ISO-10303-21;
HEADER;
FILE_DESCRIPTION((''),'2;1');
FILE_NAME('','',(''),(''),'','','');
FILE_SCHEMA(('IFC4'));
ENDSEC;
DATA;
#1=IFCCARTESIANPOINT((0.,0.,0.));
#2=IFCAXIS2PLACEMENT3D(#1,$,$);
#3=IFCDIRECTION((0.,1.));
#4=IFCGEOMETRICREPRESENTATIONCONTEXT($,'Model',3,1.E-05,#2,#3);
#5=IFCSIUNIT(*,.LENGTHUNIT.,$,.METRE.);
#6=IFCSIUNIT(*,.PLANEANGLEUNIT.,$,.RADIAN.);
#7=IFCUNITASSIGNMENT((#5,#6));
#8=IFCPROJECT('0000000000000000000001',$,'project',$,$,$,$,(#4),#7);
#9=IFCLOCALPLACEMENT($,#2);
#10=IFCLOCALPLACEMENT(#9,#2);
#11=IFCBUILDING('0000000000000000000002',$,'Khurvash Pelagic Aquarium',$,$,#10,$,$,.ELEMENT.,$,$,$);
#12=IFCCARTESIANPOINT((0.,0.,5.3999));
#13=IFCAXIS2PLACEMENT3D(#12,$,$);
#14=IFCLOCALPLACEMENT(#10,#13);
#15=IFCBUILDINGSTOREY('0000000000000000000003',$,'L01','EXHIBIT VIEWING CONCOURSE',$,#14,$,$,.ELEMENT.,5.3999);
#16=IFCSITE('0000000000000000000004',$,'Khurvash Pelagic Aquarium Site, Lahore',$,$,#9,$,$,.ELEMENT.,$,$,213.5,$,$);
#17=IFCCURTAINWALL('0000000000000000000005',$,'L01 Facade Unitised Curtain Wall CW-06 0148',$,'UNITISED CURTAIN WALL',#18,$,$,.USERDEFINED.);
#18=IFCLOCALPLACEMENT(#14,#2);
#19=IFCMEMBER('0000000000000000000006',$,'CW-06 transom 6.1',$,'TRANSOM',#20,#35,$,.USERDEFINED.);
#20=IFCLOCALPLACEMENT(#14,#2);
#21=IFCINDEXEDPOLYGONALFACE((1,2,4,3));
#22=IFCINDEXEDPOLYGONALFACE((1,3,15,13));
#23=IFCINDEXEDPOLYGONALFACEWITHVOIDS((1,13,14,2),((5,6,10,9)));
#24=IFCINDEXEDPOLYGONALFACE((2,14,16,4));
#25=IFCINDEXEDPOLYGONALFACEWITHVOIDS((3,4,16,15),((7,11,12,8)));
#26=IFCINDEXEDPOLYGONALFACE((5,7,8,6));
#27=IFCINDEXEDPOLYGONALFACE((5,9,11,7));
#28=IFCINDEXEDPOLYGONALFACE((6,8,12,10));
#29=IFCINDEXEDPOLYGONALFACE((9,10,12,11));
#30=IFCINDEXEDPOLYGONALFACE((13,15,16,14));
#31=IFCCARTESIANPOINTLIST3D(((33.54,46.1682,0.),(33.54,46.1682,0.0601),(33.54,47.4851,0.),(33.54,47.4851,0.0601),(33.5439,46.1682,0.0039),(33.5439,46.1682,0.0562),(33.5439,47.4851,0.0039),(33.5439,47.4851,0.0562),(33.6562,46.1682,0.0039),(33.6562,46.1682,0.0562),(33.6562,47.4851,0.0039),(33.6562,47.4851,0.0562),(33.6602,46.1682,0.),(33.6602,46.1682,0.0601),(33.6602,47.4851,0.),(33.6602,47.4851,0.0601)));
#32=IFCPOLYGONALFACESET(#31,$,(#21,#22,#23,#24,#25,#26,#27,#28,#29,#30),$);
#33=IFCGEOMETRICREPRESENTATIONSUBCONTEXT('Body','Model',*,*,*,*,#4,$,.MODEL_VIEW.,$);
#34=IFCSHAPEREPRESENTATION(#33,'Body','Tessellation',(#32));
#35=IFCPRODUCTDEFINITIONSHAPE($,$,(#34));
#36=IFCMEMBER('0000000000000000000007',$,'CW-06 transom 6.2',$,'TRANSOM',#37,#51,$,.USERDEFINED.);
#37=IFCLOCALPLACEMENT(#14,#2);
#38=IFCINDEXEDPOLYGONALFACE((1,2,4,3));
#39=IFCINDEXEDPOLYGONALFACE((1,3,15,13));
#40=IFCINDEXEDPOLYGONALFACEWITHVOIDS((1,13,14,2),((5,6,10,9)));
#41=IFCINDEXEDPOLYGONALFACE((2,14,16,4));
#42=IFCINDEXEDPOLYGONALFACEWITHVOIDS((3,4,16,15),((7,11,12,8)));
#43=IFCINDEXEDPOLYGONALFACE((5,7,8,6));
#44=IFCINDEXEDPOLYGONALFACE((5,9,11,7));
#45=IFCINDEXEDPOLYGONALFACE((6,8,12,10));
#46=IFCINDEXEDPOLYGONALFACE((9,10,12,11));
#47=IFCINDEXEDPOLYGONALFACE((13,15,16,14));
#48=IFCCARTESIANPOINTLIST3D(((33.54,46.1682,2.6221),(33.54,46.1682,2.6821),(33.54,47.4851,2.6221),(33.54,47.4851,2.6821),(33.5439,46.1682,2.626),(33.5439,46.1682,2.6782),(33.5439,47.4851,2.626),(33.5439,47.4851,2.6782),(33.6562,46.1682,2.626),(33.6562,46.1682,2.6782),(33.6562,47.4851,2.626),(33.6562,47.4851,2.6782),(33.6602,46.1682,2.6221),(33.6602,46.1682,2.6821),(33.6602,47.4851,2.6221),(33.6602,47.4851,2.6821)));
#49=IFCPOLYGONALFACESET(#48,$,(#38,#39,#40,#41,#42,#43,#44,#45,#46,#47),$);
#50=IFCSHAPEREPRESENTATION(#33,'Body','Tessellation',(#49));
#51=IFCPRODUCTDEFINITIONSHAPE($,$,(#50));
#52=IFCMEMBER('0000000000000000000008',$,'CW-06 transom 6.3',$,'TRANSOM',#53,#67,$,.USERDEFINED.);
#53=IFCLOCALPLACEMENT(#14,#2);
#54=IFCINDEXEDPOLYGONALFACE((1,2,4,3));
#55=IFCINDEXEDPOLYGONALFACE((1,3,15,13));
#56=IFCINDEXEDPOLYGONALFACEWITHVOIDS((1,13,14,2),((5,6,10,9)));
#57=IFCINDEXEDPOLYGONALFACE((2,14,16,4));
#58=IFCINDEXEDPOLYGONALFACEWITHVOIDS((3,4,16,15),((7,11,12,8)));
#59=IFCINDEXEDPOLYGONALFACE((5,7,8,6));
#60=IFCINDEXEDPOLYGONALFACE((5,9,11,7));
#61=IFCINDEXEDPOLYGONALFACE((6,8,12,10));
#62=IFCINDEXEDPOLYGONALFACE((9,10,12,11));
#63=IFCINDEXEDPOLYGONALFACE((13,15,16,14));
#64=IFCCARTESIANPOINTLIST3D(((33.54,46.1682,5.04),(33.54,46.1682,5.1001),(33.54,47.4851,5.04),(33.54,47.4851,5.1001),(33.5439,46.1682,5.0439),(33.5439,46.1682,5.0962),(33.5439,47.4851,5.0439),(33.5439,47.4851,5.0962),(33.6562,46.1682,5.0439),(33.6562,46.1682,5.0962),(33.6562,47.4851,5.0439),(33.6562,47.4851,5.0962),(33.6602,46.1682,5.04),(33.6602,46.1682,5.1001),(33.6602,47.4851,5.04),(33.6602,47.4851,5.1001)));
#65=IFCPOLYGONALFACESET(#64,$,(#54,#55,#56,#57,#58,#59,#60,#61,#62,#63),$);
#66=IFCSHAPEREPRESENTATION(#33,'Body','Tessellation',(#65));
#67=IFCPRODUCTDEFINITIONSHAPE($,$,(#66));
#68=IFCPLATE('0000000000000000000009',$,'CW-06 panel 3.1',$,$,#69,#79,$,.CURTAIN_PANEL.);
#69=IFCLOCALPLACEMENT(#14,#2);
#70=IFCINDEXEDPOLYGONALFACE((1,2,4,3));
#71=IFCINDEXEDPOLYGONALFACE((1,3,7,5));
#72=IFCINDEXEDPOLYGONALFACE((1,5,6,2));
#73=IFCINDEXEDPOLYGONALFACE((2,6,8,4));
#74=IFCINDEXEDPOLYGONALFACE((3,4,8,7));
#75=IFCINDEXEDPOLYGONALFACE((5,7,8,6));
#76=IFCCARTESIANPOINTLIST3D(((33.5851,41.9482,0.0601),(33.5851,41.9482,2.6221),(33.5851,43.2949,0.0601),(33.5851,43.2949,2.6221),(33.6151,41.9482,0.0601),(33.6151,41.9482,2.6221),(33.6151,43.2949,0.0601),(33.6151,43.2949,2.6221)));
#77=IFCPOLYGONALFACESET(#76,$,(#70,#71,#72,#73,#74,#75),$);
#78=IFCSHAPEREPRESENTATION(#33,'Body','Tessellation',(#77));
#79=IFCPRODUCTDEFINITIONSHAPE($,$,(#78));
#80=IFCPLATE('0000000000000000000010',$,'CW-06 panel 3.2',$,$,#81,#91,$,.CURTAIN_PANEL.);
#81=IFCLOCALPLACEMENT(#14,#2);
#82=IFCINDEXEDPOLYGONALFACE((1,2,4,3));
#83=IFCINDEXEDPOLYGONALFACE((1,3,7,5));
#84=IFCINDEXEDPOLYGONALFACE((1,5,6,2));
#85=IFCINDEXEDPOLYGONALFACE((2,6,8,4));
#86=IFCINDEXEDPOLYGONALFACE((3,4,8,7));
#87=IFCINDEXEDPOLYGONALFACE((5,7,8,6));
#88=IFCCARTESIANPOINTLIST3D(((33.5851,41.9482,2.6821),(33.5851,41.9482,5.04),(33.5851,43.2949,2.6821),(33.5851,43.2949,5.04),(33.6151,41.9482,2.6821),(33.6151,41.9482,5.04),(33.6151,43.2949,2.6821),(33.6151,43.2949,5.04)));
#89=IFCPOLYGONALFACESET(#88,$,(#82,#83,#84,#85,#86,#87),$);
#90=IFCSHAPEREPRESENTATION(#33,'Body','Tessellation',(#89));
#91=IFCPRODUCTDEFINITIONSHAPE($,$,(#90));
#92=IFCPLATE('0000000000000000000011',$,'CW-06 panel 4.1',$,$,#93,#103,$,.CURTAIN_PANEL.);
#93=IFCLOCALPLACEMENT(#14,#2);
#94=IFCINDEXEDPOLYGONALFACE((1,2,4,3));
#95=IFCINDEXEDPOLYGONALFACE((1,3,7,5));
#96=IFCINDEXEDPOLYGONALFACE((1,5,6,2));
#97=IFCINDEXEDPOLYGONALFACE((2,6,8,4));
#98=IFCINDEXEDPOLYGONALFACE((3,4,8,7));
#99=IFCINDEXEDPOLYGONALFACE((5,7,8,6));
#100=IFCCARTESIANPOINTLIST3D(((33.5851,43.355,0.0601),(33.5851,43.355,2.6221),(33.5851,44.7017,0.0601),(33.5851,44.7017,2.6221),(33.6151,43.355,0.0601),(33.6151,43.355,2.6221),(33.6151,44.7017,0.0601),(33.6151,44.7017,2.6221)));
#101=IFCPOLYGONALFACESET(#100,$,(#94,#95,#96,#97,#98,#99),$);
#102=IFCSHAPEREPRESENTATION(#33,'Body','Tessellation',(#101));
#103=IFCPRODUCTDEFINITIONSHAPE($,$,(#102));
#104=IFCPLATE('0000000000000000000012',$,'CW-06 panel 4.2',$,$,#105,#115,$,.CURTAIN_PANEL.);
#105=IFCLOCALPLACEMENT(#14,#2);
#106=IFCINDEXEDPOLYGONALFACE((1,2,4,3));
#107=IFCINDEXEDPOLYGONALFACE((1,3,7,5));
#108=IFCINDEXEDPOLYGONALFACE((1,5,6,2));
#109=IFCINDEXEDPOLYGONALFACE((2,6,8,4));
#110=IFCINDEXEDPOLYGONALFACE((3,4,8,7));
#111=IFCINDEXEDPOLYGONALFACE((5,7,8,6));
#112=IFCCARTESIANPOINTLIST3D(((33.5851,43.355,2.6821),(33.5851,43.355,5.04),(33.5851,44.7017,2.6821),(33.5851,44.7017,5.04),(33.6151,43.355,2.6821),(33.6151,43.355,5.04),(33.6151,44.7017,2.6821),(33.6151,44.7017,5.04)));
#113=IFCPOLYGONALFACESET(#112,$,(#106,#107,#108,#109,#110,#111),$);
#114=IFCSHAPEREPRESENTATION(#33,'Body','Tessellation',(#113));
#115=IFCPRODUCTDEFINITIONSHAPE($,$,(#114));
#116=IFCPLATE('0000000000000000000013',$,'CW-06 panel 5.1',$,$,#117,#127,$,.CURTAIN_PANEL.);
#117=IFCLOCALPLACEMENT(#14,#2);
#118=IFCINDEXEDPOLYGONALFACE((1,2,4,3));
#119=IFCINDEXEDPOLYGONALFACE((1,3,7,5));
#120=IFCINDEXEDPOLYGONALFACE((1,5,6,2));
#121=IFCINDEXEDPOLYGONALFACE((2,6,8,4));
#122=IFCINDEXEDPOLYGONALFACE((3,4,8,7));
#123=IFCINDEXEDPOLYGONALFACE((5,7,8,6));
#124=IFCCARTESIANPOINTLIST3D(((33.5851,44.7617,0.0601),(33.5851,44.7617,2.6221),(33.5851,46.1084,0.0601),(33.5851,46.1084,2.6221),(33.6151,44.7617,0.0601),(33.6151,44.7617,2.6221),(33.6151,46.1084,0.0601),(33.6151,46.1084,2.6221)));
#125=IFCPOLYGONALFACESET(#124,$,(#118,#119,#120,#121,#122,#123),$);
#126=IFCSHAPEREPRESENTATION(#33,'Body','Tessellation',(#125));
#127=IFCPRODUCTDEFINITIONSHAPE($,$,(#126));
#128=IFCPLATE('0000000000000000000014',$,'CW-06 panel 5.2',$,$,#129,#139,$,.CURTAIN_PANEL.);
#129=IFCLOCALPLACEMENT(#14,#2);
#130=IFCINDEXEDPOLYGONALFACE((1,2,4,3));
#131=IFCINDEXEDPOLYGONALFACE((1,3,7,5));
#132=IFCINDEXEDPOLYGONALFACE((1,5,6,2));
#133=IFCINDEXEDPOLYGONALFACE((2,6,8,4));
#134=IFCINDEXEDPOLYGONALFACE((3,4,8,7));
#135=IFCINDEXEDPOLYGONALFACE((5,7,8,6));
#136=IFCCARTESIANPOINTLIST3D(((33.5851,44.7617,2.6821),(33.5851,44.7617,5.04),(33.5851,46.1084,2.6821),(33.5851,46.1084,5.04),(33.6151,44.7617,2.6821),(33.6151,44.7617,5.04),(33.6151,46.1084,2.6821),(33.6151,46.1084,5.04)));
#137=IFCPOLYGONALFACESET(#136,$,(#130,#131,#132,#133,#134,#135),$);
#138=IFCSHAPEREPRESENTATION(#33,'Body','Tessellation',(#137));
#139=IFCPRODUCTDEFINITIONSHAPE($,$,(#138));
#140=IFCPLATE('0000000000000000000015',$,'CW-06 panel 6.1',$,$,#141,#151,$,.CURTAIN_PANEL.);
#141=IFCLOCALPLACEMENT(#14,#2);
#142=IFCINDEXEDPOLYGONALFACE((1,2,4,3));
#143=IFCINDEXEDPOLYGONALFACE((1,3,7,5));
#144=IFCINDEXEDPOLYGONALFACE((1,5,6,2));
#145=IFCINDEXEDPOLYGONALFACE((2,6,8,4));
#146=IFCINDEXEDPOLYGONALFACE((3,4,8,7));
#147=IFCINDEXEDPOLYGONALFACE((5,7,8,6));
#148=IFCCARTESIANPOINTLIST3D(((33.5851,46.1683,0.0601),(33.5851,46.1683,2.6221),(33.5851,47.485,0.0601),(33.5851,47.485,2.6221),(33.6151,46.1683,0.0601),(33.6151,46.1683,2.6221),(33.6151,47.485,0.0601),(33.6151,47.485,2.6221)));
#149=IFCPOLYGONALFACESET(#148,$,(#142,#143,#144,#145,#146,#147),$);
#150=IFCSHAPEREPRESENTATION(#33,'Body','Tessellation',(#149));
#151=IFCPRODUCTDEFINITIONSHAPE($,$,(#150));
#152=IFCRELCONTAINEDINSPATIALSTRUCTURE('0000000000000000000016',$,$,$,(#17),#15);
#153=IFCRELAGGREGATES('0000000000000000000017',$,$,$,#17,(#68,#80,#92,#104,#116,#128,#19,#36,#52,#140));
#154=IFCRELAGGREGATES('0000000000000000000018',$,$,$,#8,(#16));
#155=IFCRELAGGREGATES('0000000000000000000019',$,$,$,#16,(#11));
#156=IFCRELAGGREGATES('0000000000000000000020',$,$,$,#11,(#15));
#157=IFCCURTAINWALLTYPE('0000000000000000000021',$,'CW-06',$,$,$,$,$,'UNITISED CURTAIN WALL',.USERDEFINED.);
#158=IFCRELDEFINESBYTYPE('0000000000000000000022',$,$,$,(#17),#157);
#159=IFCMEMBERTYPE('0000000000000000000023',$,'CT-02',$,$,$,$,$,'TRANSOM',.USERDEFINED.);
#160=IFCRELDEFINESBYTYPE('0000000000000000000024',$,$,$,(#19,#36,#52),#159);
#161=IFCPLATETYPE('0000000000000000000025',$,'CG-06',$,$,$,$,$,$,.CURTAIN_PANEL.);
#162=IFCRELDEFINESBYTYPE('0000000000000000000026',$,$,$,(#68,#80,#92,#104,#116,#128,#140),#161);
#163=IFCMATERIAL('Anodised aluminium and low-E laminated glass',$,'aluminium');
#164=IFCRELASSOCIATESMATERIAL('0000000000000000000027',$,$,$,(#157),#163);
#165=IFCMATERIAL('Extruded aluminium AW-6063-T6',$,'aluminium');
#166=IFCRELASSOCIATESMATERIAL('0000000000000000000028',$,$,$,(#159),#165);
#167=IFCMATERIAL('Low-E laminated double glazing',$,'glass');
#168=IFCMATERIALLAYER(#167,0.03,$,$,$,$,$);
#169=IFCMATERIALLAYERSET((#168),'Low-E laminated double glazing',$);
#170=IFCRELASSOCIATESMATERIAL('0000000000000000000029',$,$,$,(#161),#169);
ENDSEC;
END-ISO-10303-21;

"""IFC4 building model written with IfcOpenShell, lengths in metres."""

from ifc_helpers import new_model, si_unit, direction, frame, origin, origin_2d, place, context, subcontext, project, spatial, rectangle, hollow_rectangle, extrude, material, layer, layer_set, material_profile, profile_set, type_object, element, aggregate, save


model = new_model("IFC4")

# Units and contexts
model_context = context("Model", 3, precision=1e-05, world=origin(), true_north=direction((0.0, 1.0)))
body_context = subcontext(model_context, "Body", "Model", "MODEL_VIEW")
ifc_project = project(units=[si_unit("LENGTHUNIT", "METRE"), si_unit("PLANEANGLEUNIT", "RADIAN")], contexts=[model_context])

# Site, building, storey
site_placement = place(None, origin())
site = spatial("IfcSite", under=ifc_project, at=site_placement, Name="Khurvash Pelagic Aquarium Site, Lahore", CompositionType="ELEMENT", RefElevation=213.5)
building_placement = place(site_placement, origin())
building = spatial("IfcBuilding", under=site, at=building_placement, Name="Khurvash Pelagic Aquarium", CompositionType="ELEMENT")
storey_placement = place(building_placement, frame((0.0, 0.0, 5.3999)))
storey = spatial("IfcBuildingStorey", under=building, at=storey_placement, Name="L01", Description="EXHIBIT VIEWING CONCOURSE", CompositionType="ELEMENT", Elevation=5.3999)

# Curtain wall, members, plates
ifc_material_1 = material(Name="Anodised aluminium and low-E laminated glass", Category="aluminium")
curtain_wall_type = type_object("IfcCurtainWallType", Name="CW-06", ElementType="UNITISED CURTAIN WALL", PredefinedType="USERDEFINED", material=ifc_material_1)
curtain_wall_placement = place(storey_placement, origin())
curtain_wall = element("IfcCurtainWall", 1, at=curtain_wall_placement, inside=storey, type_object=curtain_wall_type, Name="L01 Facade Unitised Curtain Wall CW-06 0148", ObjectType="UNITISED CURTAIN WALL", PredefinedType="USERDEFINED")
ifc_material_2 = material(Name="Extruded aluminium AW-6063-T6", Category="aluminium")
ifc_material_profile_1 = material_profile(ifc_material_2, hollow_rectangle(XDim=0.1201, YDim=0.0601, WallThickness=0.0039, at=origin_2d()), Name="CWT120X60X4")
ifc_profile_set_1 = profile_set([ifc_material_profile_1], Name="Extruded aluminium AW-6063-T6")
member_type_1 = type_object("IfcMemberType", Name="CT-02", ElementType="TRANSOM", PredefinedType="USERDEFINED", material=ifc_profile_set_1)
member_1_placement = place(storey_placement, frame((33.6001, 46.1682, 0.03), z_axis=(0.0, 1.0, 0.0), x_axis=(-1.0, 0.0, 0.0)))
member_1 = element("IfcMember", 2, at=member_1_placement, type_object=member_type_1, Name="CW-06 transom 6.1", ObjectType="TRANSOM", PredefinedType="USERDEFINED", context=body_context, shape_type="SweptSolid", body=[
    extrude(hollow_rectangle(XDim=0.1201, YDim=0.0601, WallThickness=0.0039, at=origin_2d()), origin(), (0.0, 0.0, 1.0), 1.3169),
])
member_2_placement = place(storey_placement, frame((33.6001, 46.1682, 2.6521), z_axis=(0.0, 1.0, 0.0), x_axis=(-1.0, 0.0, 0.0)))
member_2 = element("IfcMember", 3, at=member_2_placement, type_object=member_type_1, Name="CW-06 transom 6.2", ObjectType="TRANSOM", PredefinedType="USERDEFINED", context=body_context, shape_type="SweptSolid", body=[
    extrude(hollow_rectangle(XDim=0.1201, YDim=0.0601, WallThickness=0.0039, at=origin_2d()), origin(), (0.0, 0.0, 1.0), 1.3169),
])
member_3_placement = place(storey_placement, frame((33.6001, 46.1682, 5.0701), z_axis=(0.0, 1.0, 0.0), x_axis=(-1.0, 0.0, 0.0)))
member_3 = element("IfcMember", 4, at=member_3_placement, type_object=member_type_1, Name="CW-06 transom 6.3", ObjectType="TRANSOM", PredefinedType="USERDEFINED", context=body_context, shape_type="SweptSolid", body=[
    extrude(hollow_rectangle(XDim=0.1201, YDim=0.0601, WallThickness=0.0039, at=origin_2d()), origin(), (0.0, 0.0, 1.0), 1.3169),
])
ifc_material_3 = material(Name="Low-E laminated double glazing", Category="glass")
ifc_layer = layer(ifc_material_3, 0.03)
ifc_layer_set = layer_set([ifc_layer], Name="Low-E laminated double glazing")
plate_type = type_object("IfcPlateType", Name="CG-06", PredefinedType="CURTAIN_PANEL", material=ifc_layer_set)
plate_1_placement = place(storey_placement, frame((33.6001, 42.6216, 0.0601), z_axis=(0.0, 0.0, 1.0), x_axis=(0.0, 1.0, 0.0)))
plate_1 = element("IfcPlate", 5, at=plate_1_placement, type_object=plate_type, Name="CW-06 panel 3.1", PredefinedType="CURTAIN_PANEL", context=body_context, shape_type="SweptSolid", body=[
    extrude(rectangle(XDim=1.3467, YDim=0.03, at=origin_2d()), origin(), (0.0, 0.0, 1.0), 2.562),
])
plate_2_placement = place(storey_placement, frame((33.6001, 42.6216, 2.6821), z_axis=(0.0, 0.0, 1.0), x_axis=(0.0, 1.0, 0.0)))
plate_2 = element("IfcPlate", 6, at=plate_2_placement, type_object=plate_type, Name="CW-06 panel 3.2", PredefinedType="CURTAIN_PANEL", context=body_context, shape_type="SweptSolid", body=[
    extrude(rectangle(XDim=1.3467, YDim=0.03, at=origin_2d()), origin(), (0.0, 0.0, 1.0), 2.3579),
])
plate_3_placement = place(storey_placement, frame((33.6001, 44.0283, 0.0601), z_axis=(0.0, 0.0, 1.0), x_axis=(0.0, 1.0, 0.0)))
plate_3 = element("IfcPlate", 7, at=plate_3_placement, type_object=plate_type, Name="CW-06 panel 4.1", PredefinedType="CURTAIN_PANEL", context=body_context, shape_type="SweptSolid", body=[
    extrude(rectangle(XDim=1.3467, YDim=0.03, at=origin_2d()), origin(), (0.0, 0.0, 1.0), 2.562),
])
plate_4_placement = place(storey_placement, frame((33.6001, 44.0283, 2.6821), z_axis=(0.0, 0.0, 1.0), x_axis=(0.0, 1.0, 0.0)))
plate_4 = element("IfcPlate", 8, at=plate_4_placement, type_object=plate_type, Name="CW-06 panel 4.2", PredefinedType="CURTAIN_PANEL", context=body_context, shape_type="SweptSolid", body=[
    extrude(rectangle(XDim=1.3467, YDim=0.03, at=origin_2d()), origin(), (0.0, 0.0, 1.0), 2.3579),
])
plate_5_placement = place(storey_placement, frame((33.6001, 45.4351, 0.0601), z_axis=(0.0, 0.0, 1.0), x_axis=(0.0, 1.0, 0.0)))
plate_5 = element("IfcPlate", 9, at=plate_5_placement, type_object=plate_type, Name="CW-06 panel 5.1", PredefinedType="CURTAIN_PANEL", context=body_context, shape_type="SweptSolid", body=[
    extrude(rectangle(XDim=1.3467, YDim=0.03, at=origin_2d()), origin(), (0.0, 0.0, 1.0), 2.562),
])
plate_6_placement = place(storey_placement, frame((33.6001, 45.4351, 2.6821), z_axis=(0.0, 0.0, 1.0), x_axis=(0.0, 1.0, 0.0)))
plate_6 = element("IfcPlate", 10, at=plate_6_placement, type_object=plate_type, Name="CW-06 panel 5.2", PredefinedType="CURTAIN_PANEL", context=body_context, shape_type="SweptSolid", body=[
    extrude(rectangle(XDim=1.3467, YDim=0.03, at=origin_2d()), origin(), (0.0, 0.0, 1.0), 2.3579),
])
plate_7_placement = place(storey_placement, frame((33.6001, 46.8267, 0.0601), z_axis=(0.0, 0.0, 1.0), x_axis=(0.0, 1.0, 0.0)))
plate_7 = element("IfcPlate", 11, at=plate_7_placement, type_object=plate_type, Name="CW-06 panel 6.1", PredefinedType="CURTAIN_PANEL", context=body_context, shape_type="SweptSolid", body=[
    extrude(rectangle(XDim=1.3167, YDim=0.03, at=origin_2d()), origin(), (0.0, 0.0, 1.0), 2.562),
])
aggregate(curtain_wall, [plate_1, plate_2, plate_3, plate_4, plate_5, plate_6, member_1, member_2, member_3, plate_7])

save(model, "model.ifc")
